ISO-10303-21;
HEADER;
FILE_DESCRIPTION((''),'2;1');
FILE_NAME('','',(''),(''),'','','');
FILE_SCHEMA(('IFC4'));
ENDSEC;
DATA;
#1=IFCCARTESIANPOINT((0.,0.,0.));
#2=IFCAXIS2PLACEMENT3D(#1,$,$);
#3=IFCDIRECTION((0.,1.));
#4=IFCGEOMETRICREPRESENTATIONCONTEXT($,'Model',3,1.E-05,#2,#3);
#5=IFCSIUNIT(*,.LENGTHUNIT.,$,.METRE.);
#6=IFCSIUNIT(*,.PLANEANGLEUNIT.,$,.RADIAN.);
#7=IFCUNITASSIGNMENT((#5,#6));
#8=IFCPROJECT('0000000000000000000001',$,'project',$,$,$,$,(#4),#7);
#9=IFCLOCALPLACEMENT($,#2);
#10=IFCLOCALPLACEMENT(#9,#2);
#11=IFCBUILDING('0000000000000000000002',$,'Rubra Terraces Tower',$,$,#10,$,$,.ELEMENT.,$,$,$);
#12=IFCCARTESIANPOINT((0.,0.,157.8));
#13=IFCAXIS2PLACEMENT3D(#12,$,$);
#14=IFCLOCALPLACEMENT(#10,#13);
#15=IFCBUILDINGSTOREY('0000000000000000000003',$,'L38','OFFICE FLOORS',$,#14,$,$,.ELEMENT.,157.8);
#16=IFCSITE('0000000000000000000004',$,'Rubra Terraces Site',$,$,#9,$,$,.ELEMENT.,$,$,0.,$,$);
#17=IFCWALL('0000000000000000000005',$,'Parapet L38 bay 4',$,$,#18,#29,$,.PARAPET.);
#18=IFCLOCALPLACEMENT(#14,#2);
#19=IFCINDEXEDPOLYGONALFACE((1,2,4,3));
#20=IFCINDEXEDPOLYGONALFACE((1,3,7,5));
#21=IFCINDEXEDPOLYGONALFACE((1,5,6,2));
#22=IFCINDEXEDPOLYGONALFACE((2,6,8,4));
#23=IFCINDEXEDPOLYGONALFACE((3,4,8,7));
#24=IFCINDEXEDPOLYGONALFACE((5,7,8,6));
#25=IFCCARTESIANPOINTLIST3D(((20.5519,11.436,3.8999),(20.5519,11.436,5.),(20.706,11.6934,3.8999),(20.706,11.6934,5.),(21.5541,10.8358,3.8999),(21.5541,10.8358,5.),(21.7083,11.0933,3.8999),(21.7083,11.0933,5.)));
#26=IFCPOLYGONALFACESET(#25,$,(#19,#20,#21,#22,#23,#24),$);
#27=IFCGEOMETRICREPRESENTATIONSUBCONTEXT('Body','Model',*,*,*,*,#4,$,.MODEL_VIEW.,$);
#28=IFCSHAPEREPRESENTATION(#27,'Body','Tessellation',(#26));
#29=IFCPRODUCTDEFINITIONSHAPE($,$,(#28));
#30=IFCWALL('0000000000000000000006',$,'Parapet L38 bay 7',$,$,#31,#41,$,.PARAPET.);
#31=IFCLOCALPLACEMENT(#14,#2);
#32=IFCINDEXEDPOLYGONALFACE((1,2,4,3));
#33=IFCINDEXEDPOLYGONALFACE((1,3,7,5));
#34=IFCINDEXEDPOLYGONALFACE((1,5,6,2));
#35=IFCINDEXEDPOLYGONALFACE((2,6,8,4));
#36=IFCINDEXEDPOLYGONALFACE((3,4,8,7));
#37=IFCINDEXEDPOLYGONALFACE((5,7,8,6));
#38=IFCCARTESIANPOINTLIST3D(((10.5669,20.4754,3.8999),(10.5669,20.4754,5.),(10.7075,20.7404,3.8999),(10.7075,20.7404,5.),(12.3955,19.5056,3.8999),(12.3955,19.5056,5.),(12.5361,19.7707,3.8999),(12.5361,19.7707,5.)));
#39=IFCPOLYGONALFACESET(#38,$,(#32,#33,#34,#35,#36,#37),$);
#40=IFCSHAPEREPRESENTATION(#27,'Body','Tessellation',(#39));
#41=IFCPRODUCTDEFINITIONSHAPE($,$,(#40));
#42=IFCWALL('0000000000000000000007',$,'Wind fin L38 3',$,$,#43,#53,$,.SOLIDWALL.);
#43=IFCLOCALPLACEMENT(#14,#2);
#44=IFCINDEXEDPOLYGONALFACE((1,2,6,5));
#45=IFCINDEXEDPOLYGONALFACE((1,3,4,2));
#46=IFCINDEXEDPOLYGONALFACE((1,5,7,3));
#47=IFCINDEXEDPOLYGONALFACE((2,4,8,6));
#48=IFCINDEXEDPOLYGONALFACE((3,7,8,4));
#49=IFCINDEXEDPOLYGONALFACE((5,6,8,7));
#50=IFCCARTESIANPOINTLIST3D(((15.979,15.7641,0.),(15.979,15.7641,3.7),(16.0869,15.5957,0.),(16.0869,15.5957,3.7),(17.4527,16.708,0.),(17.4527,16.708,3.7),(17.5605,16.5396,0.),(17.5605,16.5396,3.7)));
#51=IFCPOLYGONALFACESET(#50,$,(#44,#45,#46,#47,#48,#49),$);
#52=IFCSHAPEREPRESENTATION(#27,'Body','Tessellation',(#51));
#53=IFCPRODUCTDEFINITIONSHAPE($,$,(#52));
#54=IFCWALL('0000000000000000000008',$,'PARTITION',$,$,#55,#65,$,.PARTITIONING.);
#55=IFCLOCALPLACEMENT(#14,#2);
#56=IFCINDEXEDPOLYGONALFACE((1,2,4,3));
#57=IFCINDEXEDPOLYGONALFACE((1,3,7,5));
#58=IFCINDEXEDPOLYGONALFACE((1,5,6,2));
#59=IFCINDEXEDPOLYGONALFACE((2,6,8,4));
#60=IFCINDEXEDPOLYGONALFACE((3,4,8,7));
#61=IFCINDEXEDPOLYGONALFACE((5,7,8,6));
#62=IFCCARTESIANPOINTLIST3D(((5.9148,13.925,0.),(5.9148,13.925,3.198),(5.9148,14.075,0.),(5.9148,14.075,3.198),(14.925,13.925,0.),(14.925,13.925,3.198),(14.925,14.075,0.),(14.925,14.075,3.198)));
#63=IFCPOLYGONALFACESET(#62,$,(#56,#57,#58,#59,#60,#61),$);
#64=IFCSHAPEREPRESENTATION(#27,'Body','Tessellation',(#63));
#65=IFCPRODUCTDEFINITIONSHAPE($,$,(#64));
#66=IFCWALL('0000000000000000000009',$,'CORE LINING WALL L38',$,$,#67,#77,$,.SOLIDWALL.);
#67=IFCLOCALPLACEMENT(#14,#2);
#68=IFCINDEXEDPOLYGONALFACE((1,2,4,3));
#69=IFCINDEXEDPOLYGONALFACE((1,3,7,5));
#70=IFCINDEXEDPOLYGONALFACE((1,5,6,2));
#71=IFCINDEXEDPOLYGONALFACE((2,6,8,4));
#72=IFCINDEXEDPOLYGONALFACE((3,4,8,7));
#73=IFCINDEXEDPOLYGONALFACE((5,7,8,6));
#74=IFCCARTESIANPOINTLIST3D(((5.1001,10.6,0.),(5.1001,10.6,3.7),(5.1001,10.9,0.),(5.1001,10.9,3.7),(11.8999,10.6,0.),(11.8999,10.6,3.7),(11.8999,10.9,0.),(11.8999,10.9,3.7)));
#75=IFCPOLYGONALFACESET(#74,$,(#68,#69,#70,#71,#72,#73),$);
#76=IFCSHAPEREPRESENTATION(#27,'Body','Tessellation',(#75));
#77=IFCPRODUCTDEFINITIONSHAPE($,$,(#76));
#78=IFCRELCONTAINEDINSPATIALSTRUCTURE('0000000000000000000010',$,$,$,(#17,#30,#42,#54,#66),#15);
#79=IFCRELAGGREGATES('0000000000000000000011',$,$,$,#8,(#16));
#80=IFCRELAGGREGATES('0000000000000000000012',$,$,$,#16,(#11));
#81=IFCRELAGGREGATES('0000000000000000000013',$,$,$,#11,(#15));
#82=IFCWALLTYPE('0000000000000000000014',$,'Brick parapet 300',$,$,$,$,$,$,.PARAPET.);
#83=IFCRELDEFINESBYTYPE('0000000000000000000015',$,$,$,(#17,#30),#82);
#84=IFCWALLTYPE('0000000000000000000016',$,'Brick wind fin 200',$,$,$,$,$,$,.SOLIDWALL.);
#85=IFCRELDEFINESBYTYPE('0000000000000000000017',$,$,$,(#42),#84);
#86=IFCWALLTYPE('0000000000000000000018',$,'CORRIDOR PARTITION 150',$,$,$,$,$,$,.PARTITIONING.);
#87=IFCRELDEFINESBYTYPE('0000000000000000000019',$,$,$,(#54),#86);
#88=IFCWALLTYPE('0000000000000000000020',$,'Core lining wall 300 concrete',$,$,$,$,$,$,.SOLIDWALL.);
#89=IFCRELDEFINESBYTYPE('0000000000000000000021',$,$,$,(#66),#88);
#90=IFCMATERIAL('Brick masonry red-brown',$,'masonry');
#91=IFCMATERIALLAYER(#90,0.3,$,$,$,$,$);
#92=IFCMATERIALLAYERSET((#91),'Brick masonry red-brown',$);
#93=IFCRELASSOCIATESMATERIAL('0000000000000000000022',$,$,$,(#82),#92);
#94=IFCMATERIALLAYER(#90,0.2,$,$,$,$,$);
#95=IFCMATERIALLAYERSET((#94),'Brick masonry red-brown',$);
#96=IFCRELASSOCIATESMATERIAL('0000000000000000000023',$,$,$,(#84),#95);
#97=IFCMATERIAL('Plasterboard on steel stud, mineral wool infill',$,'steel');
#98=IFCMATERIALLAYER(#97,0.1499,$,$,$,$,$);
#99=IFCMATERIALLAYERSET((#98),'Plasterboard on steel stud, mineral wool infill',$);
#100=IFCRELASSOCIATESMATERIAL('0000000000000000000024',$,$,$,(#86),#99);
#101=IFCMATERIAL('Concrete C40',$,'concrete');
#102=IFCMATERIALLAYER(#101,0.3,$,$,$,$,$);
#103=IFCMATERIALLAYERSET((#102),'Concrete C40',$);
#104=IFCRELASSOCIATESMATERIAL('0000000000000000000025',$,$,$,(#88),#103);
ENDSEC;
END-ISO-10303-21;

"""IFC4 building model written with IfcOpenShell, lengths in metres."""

from ifc_helpers import new_model, si_unit, direction, frame, frame_2d, origin, place, context, subcontext, project, spatial, rectangle, extrude, material, layer, layer_set, type_object, element, save


model = new_model("IFC4")

# Units and contexts
model_context = context("Model", 3, precision=1e-05, world=origin(), true_north=direction((0.0, 1.0)))
body_context = subcontext(model_context, "Body", "Model", "MODEL_VIEW")
ifc_project = project(units=[si_unit("LENGTHUNIT", "METRE"), si_unit("PLANEANGLEUNIT", "RADIAN")], contexts=[model_context])

# Site, building, storey
site_placement = place(None, origin())
site = spatial("IfcSite", under=ifc_project, at=site_placement, Name="Rubra Terraces Site", CompositionType="ELEMENT", RefElevation=0.0)
building_placement = place(site_placement, origin())
building = spatial("IfcBuilding", under=site, at=building_placement, Name="Rubra Terraces Tower", CompositionType="ELEMENT")
storey_placement = place(building_placement, frame((0.0, 0.0, 157.8)))
storey = spatial("IfcBuildingStorey", under=building, at=storey_placement, Name="L38", Description="OFFICE FLOORS", CompositionType="ELEMENT", Elevation=157.8)

# Shared definitions
ifc_material_1 = material(Name="Brick masonry red-brown", Category="masonry")

# Walls
ifc_layer_1 = layer(ifc_material_1, 0.3)
ifc_layer_set_1 = layer_set([ifc_layer_1], Name="Brick masonry red-brown")
wall_type_1 = type_object("IfcWallType", Name="Brick parapet 300", PredefinedType="PARAPET", material=ifc_layer_set_1)
wall_1_placement = place(storey_placement, frame((21.6311, 10.9646, 3.8999), z_axis=(0.0, 0.0, 1.0), x_axis=(-0.857954, 0.513727, 0.0)))
element("IfcWall", 1, at=wall_1_placement, inside=storey, type_object=wall_type_1, Name="Parapet L38 bay 4", PredefinedType="PARAPET", context=body_context, shape_type="SweptSolid", body=[
    extrude(rectangle(XDim=1.1682, YDim=0.3, at=frame_2d((0.584, 0.0))), origin(), (0.0, 0.0, 1.0), 1.1001),
])
wall_2_placement = place(storey_placement, frame((12.4658, 19.6382, 3.8999), z_axis=(0.0, 0.0, 1.0), x_axis=(-0.883461, 0.468505, 0.0)))
element("IfcWall", 2, at=wall_2_placement, inside=storey, type_object=wall_type_1, Name="Parapet L38 bay 7", PredefinedType="PARAPET", context=body_context, shape_type="SweptSolid", body=[
    extrude(rectangle(XDim=2.0698, YDim=0.3, at=frame_2d((1.0349, 0.0))), origin(), (0.0, 0.0, 1.0), 1.1001),
])
ifc_layer_2 = layer(ifc_material_1, 0.2)
ifc_layer_set_2 = layer_set([ifc_layer_2], Name="Brick masonry red-brown")
wall_type_2 = type_object("IfcWallType", Name="Brick wind fin 200", PredefinedType="SOLIDWALL", material=ifc_layer_set_2)
wall_3_placement = place(storey_placement, frame((16.033, 15.6799, 0.0), z_axis=(0.0, 0.0, 1.0), x_axis=(0.842084, 0.539347, 0.0)))
element("IfcWall", 3, at=wall_3_placement, inside=storey, type_object=wall_type_2, Name="Wind fin L38 3", PredefinedType="SOLIDWALL", context=body_context, shape_type="SweptSolid", body=[
    extrude(rectangle(XDim=1.75, YDim=0.2, at=frame_2d((0.875, 0.0))), origin(), (0.0, 0.0, 1.0), 3.7),
])
ifc_material_2 = material(Name="Plasterboard on steel stud, mineral wool infill", Category="steel")
ifc_layer_3 = layer(ifc_material_2, 0.1499)
ifc_layer_set_3 = layer_set([ifc_layer_3], Name="Plasterboard on steel stud, mineral wool infill")
wall_type_3 = type_object("IfcWallType", Name="CORRIDOR PARTITION 150", PredefinedType="PARTITIONING", material=ifc_layer_set_3)
wall_4_placement = place(storey_placement, frame((14.925, 14.0, 0.0), z_axis=(0.0, 0.0, 1.0), x_axis=(-1.0, 0.0, 0.0)))
element("IfcWall", 4, at=wall_4_placement, inside=storey, type_object=wall_type_3, Name="PARTITION", PredefinedType="PARTITIONING", context=body_context, shape_type="SweptSolid", body=[
    extrude(rectangle(XDim=9.0103, YDim=0.1499, at=frame_2d((4.5051, 0.0))), origin(), (0.0, 0.0, 1.0), 3.198),
])
ifc_material_3 = material(Name="Concrete C40", Category="concrete")
ifc_layer_4 = layer(ifc_material_3, 0.3)
ifc_layer_set_4 = layer_set([ifc_layer_4], Name="Concrete C40")
wall_type_4 = type_object("IfcWallType", Name="Core lining wall 300 concrete", PredefinedType="SOLIDWALL", material=ifc_layer_set_4)
wall_5_placement = place(storey_placement, frame((11.8999, 10.75, 0.0), z_axis=(0.0, 0.0, 1.0), x_axis=(-1.0, 0.0, 0.0)))
element("IfcWall", 5, at=wall_5_placement, inside=storey, type_object=wall_type_4, Name="CORE LINING WALL L38", PredefinedType="SOLIDWALL", context=body_context, shape_type="SweptSolid", body=[
    extrude(rectangle(XDim=6.7998, YDim=0.3, at=frame_2d((3.3999, 0.0))), origin(), (0.0, 0.0, 1.0), 3.7),
])

save(model, "model.ifc")
